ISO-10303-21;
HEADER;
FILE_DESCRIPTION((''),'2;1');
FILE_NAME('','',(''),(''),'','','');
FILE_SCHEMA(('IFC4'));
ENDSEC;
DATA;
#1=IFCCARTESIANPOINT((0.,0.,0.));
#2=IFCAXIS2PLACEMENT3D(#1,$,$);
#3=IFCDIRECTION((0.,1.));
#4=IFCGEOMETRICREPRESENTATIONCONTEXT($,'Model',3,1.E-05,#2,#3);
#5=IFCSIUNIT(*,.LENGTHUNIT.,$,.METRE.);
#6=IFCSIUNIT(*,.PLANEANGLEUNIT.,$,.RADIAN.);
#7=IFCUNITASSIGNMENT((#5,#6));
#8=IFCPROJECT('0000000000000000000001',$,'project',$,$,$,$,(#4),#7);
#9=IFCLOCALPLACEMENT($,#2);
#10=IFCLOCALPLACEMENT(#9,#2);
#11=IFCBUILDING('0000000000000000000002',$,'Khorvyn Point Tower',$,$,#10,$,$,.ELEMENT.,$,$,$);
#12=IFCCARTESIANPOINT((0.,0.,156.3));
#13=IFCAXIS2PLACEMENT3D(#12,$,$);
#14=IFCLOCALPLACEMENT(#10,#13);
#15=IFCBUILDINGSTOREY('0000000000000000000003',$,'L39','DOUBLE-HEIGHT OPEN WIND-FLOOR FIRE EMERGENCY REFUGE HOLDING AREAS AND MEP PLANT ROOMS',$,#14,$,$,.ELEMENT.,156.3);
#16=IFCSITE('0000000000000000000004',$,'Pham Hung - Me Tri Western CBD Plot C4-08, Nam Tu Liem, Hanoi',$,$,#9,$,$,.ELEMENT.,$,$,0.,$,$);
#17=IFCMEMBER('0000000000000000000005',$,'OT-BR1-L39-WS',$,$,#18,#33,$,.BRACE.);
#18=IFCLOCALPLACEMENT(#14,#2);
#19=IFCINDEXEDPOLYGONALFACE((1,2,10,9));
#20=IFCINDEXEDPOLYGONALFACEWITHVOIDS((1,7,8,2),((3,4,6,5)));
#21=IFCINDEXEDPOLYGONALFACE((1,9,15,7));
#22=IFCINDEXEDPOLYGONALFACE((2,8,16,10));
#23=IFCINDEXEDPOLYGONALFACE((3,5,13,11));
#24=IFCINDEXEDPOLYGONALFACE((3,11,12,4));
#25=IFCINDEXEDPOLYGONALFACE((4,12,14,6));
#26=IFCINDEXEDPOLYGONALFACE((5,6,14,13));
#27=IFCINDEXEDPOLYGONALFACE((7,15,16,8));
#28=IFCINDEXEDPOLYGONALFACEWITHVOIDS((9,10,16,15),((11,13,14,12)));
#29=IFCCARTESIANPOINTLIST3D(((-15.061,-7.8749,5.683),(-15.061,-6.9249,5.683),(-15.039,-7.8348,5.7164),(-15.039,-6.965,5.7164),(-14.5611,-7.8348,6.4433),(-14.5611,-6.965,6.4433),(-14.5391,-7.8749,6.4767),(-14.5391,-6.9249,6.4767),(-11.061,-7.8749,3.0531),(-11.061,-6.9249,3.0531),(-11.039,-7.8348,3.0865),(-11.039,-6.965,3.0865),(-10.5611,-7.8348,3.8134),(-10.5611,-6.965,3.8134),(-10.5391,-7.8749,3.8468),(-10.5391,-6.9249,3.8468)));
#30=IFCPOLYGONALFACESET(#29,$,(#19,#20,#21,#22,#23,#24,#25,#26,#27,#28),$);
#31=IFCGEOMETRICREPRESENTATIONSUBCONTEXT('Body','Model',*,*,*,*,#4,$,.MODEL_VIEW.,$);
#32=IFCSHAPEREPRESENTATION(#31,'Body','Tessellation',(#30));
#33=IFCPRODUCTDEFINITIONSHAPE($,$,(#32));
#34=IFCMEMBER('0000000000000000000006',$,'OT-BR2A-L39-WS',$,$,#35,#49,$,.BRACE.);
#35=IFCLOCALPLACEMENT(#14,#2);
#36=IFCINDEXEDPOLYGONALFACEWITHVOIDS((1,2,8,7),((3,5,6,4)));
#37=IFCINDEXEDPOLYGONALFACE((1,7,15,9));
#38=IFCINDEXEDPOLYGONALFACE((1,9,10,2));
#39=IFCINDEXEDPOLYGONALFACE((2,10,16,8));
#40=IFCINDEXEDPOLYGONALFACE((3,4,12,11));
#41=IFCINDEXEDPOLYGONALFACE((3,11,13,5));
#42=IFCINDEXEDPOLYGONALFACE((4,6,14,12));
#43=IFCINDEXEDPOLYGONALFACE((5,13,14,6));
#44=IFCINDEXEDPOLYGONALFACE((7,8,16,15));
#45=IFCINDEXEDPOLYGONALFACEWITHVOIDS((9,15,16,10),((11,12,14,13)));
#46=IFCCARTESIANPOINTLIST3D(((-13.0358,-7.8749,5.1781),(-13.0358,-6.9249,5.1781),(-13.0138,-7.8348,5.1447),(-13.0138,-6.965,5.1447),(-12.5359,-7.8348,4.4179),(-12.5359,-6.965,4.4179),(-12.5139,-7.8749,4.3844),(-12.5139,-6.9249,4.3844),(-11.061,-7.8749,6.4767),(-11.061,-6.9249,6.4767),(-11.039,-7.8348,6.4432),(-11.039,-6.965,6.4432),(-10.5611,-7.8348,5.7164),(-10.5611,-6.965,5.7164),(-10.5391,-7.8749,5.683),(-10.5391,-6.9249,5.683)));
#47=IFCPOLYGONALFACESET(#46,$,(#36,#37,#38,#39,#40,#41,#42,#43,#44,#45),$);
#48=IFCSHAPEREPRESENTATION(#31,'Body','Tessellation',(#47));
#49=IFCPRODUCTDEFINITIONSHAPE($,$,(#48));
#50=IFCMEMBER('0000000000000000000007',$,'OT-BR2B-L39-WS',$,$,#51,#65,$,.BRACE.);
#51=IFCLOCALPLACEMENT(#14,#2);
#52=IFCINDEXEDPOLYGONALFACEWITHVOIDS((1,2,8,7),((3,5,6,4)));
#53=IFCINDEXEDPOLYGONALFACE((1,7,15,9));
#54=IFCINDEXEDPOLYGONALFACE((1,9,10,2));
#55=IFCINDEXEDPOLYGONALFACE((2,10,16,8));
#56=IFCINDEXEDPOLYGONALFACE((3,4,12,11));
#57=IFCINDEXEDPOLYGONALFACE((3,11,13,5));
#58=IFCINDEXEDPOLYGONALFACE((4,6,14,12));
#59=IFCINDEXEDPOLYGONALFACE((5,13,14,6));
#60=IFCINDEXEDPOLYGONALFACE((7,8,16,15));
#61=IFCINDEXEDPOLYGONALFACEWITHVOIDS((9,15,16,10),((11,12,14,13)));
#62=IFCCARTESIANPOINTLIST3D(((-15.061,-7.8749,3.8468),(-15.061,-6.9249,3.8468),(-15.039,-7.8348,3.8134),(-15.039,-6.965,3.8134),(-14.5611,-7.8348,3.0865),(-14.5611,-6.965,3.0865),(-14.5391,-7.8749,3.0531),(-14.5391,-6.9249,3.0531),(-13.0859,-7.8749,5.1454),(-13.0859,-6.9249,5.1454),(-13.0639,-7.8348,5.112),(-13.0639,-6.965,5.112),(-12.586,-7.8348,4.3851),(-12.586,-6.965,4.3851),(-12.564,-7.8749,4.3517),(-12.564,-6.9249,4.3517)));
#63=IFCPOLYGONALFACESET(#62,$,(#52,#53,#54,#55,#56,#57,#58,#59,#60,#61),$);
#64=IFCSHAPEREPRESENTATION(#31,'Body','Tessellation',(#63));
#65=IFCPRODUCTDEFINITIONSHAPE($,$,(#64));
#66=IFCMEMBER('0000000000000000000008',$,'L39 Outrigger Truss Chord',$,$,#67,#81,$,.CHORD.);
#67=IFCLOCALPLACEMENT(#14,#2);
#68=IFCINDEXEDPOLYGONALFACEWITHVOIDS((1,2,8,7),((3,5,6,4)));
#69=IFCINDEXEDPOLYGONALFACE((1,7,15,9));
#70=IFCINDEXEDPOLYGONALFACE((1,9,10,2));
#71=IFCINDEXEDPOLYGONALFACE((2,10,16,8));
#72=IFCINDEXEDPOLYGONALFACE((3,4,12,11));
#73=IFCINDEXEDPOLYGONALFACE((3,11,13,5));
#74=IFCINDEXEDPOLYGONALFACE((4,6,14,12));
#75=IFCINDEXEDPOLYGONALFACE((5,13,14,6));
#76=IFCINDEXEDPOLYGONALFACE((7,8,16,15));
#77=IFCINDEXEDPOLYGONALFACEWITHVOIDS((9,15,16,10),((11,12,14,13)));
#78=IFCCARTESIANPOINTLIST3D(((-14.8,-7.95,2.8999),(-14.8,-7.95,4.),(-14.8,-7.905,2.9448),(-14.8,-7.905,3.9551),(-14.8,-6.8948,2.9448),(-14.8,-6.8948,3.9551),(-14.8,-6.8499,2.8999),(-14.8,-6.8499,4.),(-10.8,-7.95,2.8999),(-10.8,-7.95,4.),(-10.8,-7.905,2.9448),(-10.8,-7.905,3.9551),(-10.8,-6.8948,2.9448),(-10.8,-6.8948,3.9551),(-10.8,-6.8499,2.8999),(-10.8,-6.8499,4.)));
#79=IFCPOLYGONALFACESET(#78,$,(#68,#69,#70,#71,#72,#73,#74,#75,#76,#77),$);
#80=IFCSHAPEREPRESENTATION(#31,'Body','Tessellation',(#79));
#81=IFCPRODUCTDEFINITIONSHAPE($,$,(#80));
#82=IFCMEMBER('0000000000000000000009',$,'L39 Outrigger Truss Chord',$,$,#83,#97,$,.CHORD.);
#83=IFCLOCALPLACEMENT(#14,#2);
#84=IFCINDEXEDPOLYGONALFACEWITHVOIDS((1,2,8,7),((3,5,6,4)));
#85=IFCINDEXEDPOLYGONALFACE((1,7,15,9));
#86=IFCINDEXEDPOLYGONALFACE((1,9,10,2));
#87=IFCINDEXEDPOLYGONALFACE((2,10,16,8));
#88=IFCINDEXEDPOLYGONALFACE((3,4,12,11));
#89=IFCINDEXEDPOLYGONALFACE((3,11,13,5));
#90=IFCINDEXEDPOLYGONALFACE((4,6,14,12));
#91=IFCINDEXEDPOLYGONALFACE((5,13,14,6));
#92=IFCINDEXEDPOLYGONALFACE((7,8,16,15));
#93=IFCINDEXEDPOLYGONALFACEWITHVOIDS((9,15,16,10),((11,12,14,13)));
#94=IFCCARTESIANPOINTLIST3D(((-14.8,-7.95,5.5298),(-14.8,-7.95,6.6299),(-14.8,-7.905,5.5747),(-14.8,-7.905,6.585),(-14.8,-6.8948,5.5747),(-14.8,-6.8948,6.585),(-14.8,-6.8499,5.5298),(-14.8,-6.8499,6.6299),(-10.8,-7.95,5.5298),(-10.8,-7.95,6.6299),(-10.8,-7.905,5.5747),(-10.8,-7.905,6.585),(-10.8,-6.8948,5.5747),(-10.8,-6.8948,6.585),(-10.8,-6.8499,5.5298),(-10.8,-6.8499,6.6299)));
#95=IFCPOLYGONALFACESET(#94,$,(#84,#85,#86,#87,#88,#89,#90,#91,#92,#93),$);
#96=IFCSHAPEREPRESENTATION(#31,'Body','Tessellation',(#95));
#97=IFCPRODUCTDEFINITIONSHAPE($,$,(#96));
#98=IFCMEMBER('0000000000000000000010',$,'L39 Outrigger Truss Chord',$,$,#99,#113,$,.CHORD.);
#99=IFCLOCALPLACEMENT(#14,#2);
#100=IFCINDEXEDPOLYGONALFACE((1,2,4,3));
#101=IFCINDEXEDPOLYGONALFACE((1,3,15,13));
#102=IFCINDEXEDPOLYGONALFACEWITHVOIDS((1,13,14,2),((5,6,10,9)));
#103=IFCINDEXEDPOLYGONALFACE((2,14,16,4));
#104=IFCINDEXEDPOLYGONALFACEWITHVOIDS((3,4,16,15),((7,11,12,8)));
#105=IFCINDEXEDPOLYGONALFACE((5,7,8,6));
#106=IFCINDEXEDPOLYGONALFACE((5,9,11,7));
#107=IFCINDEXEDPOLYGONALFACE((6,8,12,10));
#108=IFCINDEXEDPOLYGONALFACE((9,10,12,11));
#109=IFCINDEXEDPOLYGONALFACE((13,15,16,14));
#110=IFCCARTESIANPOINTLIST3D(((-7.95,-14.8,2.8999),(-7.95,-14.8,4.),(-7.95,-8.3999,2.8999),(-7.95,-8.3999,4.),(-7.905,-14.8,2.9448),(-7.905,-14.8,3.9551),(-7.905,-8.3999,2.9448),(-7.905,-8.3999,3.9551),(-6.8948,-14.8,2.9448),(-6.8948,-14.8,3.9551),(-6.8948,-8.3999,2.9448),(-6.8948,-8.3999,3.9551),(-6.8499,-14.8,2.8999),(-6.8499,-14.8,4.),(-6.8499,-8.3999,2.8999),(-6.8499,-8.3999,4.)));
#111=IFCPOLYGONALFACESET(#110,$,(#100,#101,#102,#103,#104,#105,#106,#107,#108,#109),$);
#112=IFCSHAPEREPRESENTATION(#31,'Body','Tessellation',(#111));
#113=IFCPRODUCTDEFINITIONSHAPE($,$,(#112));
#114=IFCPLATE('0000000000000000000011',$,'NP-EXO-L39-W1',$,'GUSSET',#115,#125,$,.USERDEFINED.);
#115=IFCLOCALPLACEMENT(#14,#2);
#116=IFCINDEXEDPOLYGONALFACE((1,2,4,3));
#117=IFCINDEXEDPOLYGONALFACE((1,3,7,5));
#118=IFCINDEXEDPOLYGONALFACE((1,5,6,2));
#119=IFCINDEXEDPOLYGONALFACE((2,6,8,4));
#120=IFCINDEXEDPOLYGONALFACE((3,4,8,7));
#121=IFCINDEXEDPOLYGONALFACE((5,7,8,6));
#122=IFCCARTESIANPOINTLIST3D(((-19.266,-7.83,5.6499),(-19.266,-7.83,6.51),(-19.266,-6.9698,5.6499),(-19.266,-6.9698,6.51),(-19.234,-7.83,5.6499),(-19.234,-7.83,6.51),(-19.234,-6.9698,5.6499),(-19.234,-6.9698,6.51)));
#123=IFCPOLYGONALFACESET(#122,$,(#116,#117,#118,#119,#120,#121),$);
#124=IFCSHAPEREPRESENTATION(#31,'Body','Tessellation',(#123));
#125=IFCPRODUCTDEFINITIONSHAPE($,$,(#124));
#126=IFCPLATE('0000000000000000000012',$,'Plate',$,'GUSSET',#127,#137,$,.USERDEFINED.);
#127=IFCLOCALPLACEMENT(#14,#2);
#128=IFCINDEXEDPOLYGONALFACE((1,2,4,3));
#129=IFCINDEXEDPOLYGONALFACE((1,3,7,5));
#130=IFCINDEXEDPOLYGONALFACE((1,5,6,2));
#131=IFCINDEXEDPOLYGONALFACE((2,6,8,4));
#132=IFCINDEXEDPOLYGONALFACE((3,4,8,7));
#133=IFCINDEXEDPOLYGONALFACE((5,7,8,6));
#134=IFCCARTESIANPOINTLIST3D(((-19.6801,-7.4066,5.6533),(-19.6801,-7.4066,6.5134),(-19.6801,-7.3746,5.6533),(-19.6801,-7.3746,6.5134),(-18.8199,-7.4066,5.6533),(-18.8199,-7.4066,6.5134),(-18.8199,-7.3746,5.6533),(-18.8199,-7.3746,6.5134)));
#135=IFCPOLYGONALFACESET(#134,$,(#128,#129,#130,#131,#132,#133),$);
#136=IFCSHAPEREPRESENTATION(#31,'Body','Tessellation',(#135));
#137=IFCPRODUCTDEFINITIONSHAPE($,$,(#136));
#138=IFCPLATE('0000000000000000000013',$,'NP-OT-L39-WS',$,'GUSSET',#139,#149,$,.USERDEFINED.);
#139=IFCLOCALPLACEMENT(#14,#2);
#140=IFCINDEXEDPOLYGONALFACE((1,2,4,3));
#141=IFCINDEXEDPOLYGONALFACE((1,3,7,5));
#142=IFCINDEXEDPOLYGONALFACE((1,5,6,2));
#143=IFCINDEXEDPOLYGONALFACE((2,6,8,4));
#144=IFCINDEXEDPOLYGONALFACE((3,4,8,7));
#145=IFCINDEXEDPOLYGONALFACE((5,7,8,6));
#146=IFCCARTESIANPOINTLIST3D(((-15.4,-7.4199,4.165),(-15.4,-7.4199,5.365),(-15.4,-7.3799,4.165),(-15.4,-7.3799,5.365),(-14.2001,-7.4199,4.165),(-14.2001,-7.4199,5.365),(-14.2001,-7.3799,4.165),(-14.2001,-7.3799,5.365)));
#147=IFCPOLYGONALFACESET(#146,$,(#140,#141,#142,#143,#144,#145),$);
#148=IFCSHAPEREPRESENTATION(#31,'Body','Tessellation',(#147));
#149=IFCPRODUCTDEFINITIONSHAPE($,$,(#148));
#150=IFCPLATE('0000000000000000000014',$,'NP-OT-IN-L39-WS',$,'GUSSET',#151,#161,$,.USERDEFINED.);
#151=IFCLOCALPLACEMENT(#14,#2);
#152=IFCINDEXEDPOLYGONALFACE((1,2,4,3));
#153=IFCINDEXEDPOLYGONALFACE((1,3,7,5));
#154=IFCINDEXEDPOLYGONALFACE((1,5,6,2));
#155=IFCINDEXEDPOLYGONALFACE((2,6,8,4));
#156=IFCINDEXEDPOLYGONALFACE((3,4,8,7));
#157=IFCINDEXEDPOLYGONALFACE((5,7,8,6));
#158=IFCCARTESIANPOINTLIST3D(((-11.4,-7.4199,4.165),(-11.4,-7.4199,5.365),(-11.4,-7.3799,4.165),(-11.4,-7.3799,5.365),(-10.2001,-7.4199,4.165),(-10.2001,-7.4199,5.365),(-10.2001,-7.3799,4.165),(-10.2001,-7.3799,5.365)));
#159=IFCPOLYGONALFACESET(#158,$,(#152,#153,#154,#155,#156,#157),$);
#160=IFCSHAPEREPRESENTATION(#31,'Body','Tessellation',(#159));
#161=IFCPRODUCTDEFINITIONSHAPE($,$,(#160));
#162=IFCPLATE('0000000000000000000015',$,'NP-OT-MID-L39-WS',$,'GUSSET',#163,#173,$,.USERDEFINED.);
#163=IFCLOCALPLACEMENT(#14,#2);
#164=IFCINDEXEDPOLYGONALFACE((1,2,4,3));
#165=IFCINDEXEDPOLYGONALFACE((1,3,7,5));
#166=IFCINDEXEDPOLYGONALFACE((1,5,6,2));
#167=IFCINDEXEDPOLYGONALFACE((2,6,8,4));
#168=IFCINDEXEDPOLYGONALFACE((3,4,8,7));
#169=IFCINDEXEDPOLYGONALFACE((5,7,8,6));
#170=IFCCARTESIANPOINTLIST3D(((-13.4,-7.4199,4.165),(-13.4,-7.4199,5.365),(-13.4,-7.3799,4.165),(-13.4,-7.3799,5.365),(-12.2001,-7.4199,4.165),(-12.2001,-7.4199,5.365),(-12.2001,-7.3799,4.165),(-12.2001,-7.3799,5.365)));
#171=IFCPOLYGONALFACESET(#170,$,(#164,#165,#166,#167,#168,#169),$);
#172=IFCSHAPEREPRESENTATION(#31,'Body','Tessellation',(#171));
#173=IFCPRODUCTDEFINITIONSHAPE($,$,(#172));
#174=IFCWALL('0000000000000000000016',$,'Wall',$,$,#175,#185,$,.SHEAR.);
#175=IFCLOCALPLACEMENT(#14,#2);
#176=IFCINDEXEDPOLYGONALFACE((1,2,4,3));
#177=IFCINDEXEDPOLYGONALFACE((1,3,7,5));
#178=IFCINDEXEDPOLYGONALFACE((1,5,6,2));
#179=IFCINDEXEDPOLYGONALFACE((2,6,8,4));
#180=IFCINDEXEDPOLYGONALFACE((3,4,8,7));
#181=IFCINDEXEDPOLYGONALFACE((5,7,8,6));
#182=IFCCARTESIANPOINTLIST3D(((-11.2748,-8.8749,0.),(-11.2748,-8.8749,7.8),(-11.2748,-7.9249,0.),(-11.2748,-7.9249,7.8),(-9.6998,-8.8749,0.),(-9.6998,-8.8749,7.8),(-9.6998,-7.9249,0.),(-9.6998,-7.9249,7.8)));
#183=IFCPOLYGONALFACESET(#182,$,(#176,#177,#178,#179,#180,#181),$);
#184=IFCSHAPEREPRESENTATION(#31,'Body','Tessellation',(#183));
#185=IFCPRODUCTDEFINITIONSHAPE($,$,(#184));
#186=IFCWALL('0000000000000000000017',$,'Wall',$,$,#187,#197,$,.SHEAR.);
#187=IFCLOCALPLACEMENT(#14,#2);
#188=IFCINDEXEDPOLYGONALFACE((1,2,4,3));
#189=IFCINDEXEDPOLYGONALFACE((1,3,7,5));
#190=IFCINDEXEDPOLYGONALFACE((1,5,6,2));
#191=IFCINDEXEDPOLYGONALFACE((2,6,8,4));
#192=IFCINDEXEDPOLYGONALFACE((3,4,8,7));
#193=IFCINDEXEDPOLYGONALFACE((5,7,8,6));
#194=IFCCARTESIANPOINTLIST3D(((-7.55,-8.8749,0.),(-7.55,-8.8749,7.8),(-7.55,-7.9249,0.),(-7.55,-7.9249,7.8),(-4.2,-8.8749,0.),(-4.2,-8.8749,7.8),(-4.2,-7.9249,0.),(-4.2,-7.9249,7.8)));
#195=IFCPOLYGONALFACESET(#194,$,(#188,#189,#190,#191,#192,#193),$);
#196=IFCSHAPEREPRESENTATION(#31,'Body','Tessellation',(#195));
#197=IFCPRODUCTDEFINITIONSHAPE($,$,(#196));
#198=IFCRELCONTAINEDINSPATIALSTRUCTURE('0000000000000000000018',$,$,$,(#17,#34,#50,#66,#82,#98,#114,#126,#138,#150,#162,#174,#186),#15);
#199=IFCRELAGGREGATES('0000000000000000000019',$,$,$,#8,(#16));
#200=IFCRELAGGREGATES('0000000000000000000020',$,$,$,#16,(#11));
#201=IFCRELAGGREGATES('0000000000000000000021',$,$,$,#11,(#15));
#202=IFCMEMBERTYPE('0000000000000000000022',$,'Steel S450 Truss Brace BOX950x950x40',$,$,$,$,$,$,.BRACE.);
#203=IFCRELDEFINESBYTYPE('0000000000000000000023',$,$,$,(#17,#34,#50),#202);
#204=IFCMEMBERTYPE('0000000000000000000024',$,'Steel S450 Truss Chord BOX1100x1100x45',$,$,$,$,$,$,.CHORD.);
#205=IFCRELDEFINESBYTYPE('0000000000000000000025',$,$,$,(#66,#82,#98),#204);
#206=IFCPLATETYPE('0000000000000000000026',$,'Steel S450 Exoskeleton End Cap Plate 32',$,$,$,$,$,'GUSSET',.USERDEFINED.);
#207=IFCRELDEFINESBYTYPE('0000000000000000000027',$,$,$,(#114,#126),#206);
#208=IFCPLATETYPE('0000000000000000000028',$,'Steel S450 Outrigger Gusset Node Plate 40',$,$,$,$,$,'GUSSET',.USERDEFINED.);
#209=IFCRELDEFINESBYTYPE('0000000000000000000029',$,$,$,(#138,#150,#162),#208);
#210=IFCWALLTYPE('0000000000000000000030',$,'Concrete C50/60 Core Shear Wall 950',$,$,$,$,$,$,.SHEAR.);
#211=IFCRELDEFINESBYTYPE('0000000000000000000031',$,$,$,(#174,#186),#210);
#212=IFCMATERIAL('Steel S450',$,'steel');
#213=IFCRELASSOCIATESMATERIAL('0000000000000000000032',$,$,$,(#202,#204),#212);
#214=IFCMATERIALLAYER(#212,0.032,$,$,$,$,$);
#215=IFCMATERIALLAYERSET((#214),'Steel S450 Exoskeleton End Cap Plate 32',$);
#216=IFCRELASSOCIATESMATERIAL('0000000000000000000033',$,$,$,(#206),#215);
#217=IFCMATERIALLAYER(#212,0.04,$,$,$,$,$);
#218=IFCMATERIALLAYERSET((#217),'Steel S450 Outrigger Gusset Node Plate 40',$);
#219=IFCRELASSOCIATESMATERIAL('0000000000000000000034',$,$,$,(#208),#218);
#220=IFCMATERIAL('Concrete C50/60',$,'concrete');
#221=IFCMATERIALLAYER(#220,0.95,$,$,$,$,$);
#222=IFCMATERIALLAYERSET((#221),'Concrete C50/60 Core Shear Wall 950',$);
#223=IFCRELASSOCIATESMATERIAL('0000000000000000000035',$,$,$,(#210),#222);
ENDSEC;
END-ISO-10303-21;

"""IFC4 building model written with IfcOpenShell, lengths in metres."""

from ifc_helpers import new_model, si_unit, direction, frame, frame_2d, origin, origin_2d, place, context, subcontext, project, spatial, rectangle, hollow_rectangle, extrude, material, layer, layer_set, material_profile, profile_set, type_object, element, save


model = new_model("IFC4")

# Units and contexts
model_context = context("Model", 3, precision=1e-05, world=origin(), true_north=direction((0.0, 1.0)))
body_context = subcontext(model_context, "Body", "Model", "MODEL_VIEW")
ifc_project = project(units=[si_unit("LENGTHUNIT", "METRE"), si_unit("PLANEANGLEUNIT", "RADIAN")], contexts=[model_context])

# Site, building, storey
site_placement = place(None, origin())
site = spatial("IfcSite", under=ifc_project, at=site_placement, Name="Pham Hung - Me Tri Western CBD Plot C4-08, Nam Tu Liem, Hanoi", CompositionType="ELEMENT", RefElevation=0.0)
building_placement = place(site_placement, origin())
building = spatial("IfcBuilding", under=site, at=building_placement, Name="Khorvyn Point Tower", CompositionType="ELEMENT")
storey_placement = place(building_placement, frame((0.0, 0.0, 156.3)))
storey = spatial("IfcBuildingStorey", under=building, at=storey_placement, Name="L39", Description="DOUBLE-HEIGHT OPEN WIND-FLOOR FIRE EMERGENCY REFUGE HOLDING AREAS AND MEP PLANT ROOMS", CompositionType="ELEMENT", Elevation=156.3)

# Shared definitions
ifc_material_1 = material(Name="Concrete C50/60", Category="concrete")

# Members
ifc_material_2 = material(Name="Steel S450", Category="steel")
ifc_material_profile_1 = material_profile(ifc_material_2, hollow_rectangle(XDim=0.95, YDim=0.95, WallThickness=0.04, at=origin_2d()))
ifc_profile_set_1 = profile_set([ifc_material_profile_1], Name="Steel S450 BOX950x950x40")
member_type_1 = type_object("IfcMemberType", Name="Steel S450 Truss Brace BOX950x950x40", PredefinedType="BRACE", material=ifc_profile_set_1)
member_1_placement = place(storey_placement, frame((-10.8, -7.3999, 3.45), z_axis=(-0.83558, 0.0, 0.549369), x_axis=(0.0, -1.0, 0.0)))
element("IfcMember", 1, at=member_1_placement, inside=storey, type_object=member_type_1, Name="OT-BR1-L39-WS", PredefinedType="BRACE", context=body_context, shape_type="SweptSolid", body=[
    extrude(hollow_rectangle(XDim=0.95, YDim=0.95, WallThickness=0.04, at=origin_2d()), origin(), (0.0, 0.0, 1.0), 4.7871),
])
member_2_placement = place(storey_placement, frame((-10.8, -7.3999, 6.0798), z_axis=(-0.835546, 0.0, -0.549421), x_axis=(0.0, -1.0, 0.0)))
element("IfcMember", 2, at=member_2_placement, inside=storey, type_object=member_type_1, Name="OT-BR2A-L39-WS", PredefinedType="BRACE", context=body_context, shape_type="SweptSolid", body=[
    extrude(hollow_rectangle(XDim=0.95, YDim=0.95, WallThickness=0.04, at=origin_2d()), origin(), (0.0, 0.0, 1.0), 2.3635),
])
member_3_placement = place(storey_placement, frame((-12.825, -7.3999, 4.7485), z_axis=(-0.835577, 0.0, -0.549374), x_axis=(0.0, -1.0, 0.0)))
element("IfcMember", 3, at=member_3_placement, inside=storey, type_object=member_type_1, Name="OT-BR2B-L39-WS", PredefinedType="BRACE", context=body_context, shape_type="SweptSolid", body=[
    extrude(hollow_rectangle(XDim=0.95, YDim=0.95, WallThickness=0.04, at=origin_2d()), origin(), (0.0, 0.0, 1.0), 2.3638),
])
ifc_material_profile_2 = material_profile(ifc_material_2, hollow_rectangle(XDim=1.1001, YDim=1.1001, WallThickness=0.0449, at=origin_2d()))
ifc_profile_set_2 = profile_set([ifc_material_profile_2], Name="Steel S450 BOX1100x1100x45")
member_type_2 = type_object("IfcMemberType", Name="Steel S450 Truss Chord BOX1100x1100x45", PredefinedType="CHORD", material=ifc_profile_set_2)
for number, where, z_axis, x_axis, name in (
    (4, (-10.8, -7.3999, 3.45), (-1.0, 0.0, 0.0), (0.0, -1.0, 0.0), "L39 Outrigger Truss Chord"),
    (5, (-10.8, -7.3999, 6.0798), (-1.0, 0.0, 0.0), (0.0, -1.0, 0.0), "L39 Outrigger Truss Chord"),
):
    element("IfcMember", number, at=place(storey_placement, frame(where, z_axis=z_axis, x_axis=x_axis)), inside=storey, type_object=member_type_2, Name=name, PredefinedType="CHORD", context=body_context, shape_type="SweptSolid", body=[
        extrude(hollow_rectangle(XDim=1.1001, YDim=1.1001, WallThickness=0.0449, at=origin_2d()), origin(), (0.0, 0.0, 1.0), 4.0),
    ])
member_4_placement = place(storey_placement, frame((-7.3999, -8.3999, 3.45), z_axis=(0.0, -1.0, 0.0), x_axis=(1.0, 0.0, 0.0)))
element("IfcMember", 6, at=member_4_placement, inside=storey, type_object=member_type_2, Name="L39 Outrigger Truss Chord", PredefinedType="CHORD", context=body_context, shape_type="SweptSolid", body=[
    extrude(hollow_rectangle(XDim=1.1001, YDim=1.1001, WallThickness=0.0449, at=origin_2d()), origin(), (0.0, 0.0, 1.0), 6.4001),
])

# Plates
ifc_layer_1 = layer(ifc_material_2, 0.032)
ifc_layer_set_1 = layer_set([ifc_layer_1], Name="Steel S450 Exoskeleton End Cap Plate 32")
plate_type_1 = type_object("IfcPlateType", Name="Steel S450 Exoskeleton End Cap Plate 32", ElementType="GUSSET", PredefinedType="USERDEFINED", material=ifc_layer_set_1)
plate_1_placement = place(storey_placement, frame((-19.25, -7.3999, 5.6499), z_axis=(0.0, 0.0, 1.0), x_axis=(1.0, 0.0, 0.0)))
element("IfcPlate", 7, at=plate_1_placement, inside=storey, type_object=plate_type_1, Name="NP-EXO-L39-W1", ObjectType="GUSSET", PredefinedType="USERDEFINED", context=body_context, shape_type="SweptSolid", body=[
    extrude(rectangle(XDim=0.032, YDim=0.8601, at=origin_2d()), origin(), (0.0, 0.0, 1.0), 0.8601),
])
plate_2_placement = place(storey_placement, frame((-19.25, -7.3906, 5.6533), z_axis=(0.0, 0.0, 1.0), x_axis=(1.0, 0.0, 0.0)))
element("IfcPlate", 8, at=plate_2_placement, inside=storey, type_object=plate_type_1, Name="Plate", ObjectType="GUSSET", PredefinedType="USERDEFINED", context=body_context, shape_type="SweptSolid", body=[
    extrude(rectangle(XDim=0.8601, YDim=0.032, at=origin_2d()), origin(), (0.0, 0.0, 1.0), 0.8601),
])
ifc_layer_2 = layer(ifc_material_2, 0.04)
ifc_layer_set_2 = layer_set([ifc_layer_2], Name="Steel S450 Outrigger Gusset Node Plate 40")
plate_type_2 = type_object("IfcPlateType", Name="Steel S450 Outrigger Gusset Node Plate 40", ElementType="GUSSET", PredefinedType="USERDEFINED", material=ifc_layer_set_2)
for number, where, z_axis, x_axis, name in (
    (9, (-14.8, -7.3999, 4.165), (0.0, 0.0, 1.0), (1.0, 0.0, 0.0), "NP-OT-L39-WS"),
    (10, (-10.8, -7.3999, 4.165), (0.0, 0.0, 1.0), (1.0, 0.0, 0.0), "NP-OT-IN-L39-WS"),
    (11, (-12.8, -7.3999, 4.165), (0.0, 0.0, 1.0), (1.0, 0.0, 0.0), "NP-OT-MID-L39-WS"),
):
    element("IfcPlate", number, at=place(storey_placement, frame(where, z_axis=z_axis, x_axis=x_axis)), inside=storey, type_object=plate_type_2, Name=name, ObjectType="GUSSET", PredefinedType="USERDEFINED", context=body_context, shape_type="SweptSolid", body=[
        extrude(rectangle(XDim=1.2, YDim=0.04, at=origin_2d()), origin(), (0.0, 0.0, 1.0), 1.2),
    ])

# Walls
ifc_layer_3 = layer(ifc_material_1, 0.95)
ifc_layer_set_3 = layer_set([ifc_layer_3], Name="Concrete C50/60 Core Shear Wall 950")
wall_type_1 = type_object("IfcWallType", Name="Concrete C50/60 Core Shear Wall 950", PredefinedType="SHEAR", material=ifc_layer_set_3)
wall_1_placement = place(storey_placement, frame((-11.2749, -8.3999, 0.0), z_axis=(0.0, 0.0, 1.0), x_axis=(1.0, 0.0, 0.0)))
element("IfcWall", 12, at=wall_1_placement, inside=storey, type_object=wall_type_1, Name="Wall", PredefinedType="SHEAR", context=body_context, shape_type="SweptSolid", body=[
    extrude(rectangle(XDim=1.575, YDim=0.95, at=frame_2d((0.7876, 0.0))), origin(), (0.0, 0.0, 1.0), 7.8),
])
wall_2_placement = place(storey_placement, frame((-7.55, -8.3999, 0.0), z_axis=(0.0, 0.0, 1.0), x_axis=(1.0, 0.0, 0.0)))
element("IfcWall", 13, at=wall_2_placement, inside=storey, type_object=wall_type_1, Name="Wall", PredefinedType="SHEAR", context=body_context, shape_type="SweptSolid", body=[
    extrude(rectangle(XDim=3.3501, YDim=0.95, at=frame_2d((1.675, 0.0))), origin(), (0.0, 0.0, 1.0), 7.8),
])

save(model, "model.ifc")
